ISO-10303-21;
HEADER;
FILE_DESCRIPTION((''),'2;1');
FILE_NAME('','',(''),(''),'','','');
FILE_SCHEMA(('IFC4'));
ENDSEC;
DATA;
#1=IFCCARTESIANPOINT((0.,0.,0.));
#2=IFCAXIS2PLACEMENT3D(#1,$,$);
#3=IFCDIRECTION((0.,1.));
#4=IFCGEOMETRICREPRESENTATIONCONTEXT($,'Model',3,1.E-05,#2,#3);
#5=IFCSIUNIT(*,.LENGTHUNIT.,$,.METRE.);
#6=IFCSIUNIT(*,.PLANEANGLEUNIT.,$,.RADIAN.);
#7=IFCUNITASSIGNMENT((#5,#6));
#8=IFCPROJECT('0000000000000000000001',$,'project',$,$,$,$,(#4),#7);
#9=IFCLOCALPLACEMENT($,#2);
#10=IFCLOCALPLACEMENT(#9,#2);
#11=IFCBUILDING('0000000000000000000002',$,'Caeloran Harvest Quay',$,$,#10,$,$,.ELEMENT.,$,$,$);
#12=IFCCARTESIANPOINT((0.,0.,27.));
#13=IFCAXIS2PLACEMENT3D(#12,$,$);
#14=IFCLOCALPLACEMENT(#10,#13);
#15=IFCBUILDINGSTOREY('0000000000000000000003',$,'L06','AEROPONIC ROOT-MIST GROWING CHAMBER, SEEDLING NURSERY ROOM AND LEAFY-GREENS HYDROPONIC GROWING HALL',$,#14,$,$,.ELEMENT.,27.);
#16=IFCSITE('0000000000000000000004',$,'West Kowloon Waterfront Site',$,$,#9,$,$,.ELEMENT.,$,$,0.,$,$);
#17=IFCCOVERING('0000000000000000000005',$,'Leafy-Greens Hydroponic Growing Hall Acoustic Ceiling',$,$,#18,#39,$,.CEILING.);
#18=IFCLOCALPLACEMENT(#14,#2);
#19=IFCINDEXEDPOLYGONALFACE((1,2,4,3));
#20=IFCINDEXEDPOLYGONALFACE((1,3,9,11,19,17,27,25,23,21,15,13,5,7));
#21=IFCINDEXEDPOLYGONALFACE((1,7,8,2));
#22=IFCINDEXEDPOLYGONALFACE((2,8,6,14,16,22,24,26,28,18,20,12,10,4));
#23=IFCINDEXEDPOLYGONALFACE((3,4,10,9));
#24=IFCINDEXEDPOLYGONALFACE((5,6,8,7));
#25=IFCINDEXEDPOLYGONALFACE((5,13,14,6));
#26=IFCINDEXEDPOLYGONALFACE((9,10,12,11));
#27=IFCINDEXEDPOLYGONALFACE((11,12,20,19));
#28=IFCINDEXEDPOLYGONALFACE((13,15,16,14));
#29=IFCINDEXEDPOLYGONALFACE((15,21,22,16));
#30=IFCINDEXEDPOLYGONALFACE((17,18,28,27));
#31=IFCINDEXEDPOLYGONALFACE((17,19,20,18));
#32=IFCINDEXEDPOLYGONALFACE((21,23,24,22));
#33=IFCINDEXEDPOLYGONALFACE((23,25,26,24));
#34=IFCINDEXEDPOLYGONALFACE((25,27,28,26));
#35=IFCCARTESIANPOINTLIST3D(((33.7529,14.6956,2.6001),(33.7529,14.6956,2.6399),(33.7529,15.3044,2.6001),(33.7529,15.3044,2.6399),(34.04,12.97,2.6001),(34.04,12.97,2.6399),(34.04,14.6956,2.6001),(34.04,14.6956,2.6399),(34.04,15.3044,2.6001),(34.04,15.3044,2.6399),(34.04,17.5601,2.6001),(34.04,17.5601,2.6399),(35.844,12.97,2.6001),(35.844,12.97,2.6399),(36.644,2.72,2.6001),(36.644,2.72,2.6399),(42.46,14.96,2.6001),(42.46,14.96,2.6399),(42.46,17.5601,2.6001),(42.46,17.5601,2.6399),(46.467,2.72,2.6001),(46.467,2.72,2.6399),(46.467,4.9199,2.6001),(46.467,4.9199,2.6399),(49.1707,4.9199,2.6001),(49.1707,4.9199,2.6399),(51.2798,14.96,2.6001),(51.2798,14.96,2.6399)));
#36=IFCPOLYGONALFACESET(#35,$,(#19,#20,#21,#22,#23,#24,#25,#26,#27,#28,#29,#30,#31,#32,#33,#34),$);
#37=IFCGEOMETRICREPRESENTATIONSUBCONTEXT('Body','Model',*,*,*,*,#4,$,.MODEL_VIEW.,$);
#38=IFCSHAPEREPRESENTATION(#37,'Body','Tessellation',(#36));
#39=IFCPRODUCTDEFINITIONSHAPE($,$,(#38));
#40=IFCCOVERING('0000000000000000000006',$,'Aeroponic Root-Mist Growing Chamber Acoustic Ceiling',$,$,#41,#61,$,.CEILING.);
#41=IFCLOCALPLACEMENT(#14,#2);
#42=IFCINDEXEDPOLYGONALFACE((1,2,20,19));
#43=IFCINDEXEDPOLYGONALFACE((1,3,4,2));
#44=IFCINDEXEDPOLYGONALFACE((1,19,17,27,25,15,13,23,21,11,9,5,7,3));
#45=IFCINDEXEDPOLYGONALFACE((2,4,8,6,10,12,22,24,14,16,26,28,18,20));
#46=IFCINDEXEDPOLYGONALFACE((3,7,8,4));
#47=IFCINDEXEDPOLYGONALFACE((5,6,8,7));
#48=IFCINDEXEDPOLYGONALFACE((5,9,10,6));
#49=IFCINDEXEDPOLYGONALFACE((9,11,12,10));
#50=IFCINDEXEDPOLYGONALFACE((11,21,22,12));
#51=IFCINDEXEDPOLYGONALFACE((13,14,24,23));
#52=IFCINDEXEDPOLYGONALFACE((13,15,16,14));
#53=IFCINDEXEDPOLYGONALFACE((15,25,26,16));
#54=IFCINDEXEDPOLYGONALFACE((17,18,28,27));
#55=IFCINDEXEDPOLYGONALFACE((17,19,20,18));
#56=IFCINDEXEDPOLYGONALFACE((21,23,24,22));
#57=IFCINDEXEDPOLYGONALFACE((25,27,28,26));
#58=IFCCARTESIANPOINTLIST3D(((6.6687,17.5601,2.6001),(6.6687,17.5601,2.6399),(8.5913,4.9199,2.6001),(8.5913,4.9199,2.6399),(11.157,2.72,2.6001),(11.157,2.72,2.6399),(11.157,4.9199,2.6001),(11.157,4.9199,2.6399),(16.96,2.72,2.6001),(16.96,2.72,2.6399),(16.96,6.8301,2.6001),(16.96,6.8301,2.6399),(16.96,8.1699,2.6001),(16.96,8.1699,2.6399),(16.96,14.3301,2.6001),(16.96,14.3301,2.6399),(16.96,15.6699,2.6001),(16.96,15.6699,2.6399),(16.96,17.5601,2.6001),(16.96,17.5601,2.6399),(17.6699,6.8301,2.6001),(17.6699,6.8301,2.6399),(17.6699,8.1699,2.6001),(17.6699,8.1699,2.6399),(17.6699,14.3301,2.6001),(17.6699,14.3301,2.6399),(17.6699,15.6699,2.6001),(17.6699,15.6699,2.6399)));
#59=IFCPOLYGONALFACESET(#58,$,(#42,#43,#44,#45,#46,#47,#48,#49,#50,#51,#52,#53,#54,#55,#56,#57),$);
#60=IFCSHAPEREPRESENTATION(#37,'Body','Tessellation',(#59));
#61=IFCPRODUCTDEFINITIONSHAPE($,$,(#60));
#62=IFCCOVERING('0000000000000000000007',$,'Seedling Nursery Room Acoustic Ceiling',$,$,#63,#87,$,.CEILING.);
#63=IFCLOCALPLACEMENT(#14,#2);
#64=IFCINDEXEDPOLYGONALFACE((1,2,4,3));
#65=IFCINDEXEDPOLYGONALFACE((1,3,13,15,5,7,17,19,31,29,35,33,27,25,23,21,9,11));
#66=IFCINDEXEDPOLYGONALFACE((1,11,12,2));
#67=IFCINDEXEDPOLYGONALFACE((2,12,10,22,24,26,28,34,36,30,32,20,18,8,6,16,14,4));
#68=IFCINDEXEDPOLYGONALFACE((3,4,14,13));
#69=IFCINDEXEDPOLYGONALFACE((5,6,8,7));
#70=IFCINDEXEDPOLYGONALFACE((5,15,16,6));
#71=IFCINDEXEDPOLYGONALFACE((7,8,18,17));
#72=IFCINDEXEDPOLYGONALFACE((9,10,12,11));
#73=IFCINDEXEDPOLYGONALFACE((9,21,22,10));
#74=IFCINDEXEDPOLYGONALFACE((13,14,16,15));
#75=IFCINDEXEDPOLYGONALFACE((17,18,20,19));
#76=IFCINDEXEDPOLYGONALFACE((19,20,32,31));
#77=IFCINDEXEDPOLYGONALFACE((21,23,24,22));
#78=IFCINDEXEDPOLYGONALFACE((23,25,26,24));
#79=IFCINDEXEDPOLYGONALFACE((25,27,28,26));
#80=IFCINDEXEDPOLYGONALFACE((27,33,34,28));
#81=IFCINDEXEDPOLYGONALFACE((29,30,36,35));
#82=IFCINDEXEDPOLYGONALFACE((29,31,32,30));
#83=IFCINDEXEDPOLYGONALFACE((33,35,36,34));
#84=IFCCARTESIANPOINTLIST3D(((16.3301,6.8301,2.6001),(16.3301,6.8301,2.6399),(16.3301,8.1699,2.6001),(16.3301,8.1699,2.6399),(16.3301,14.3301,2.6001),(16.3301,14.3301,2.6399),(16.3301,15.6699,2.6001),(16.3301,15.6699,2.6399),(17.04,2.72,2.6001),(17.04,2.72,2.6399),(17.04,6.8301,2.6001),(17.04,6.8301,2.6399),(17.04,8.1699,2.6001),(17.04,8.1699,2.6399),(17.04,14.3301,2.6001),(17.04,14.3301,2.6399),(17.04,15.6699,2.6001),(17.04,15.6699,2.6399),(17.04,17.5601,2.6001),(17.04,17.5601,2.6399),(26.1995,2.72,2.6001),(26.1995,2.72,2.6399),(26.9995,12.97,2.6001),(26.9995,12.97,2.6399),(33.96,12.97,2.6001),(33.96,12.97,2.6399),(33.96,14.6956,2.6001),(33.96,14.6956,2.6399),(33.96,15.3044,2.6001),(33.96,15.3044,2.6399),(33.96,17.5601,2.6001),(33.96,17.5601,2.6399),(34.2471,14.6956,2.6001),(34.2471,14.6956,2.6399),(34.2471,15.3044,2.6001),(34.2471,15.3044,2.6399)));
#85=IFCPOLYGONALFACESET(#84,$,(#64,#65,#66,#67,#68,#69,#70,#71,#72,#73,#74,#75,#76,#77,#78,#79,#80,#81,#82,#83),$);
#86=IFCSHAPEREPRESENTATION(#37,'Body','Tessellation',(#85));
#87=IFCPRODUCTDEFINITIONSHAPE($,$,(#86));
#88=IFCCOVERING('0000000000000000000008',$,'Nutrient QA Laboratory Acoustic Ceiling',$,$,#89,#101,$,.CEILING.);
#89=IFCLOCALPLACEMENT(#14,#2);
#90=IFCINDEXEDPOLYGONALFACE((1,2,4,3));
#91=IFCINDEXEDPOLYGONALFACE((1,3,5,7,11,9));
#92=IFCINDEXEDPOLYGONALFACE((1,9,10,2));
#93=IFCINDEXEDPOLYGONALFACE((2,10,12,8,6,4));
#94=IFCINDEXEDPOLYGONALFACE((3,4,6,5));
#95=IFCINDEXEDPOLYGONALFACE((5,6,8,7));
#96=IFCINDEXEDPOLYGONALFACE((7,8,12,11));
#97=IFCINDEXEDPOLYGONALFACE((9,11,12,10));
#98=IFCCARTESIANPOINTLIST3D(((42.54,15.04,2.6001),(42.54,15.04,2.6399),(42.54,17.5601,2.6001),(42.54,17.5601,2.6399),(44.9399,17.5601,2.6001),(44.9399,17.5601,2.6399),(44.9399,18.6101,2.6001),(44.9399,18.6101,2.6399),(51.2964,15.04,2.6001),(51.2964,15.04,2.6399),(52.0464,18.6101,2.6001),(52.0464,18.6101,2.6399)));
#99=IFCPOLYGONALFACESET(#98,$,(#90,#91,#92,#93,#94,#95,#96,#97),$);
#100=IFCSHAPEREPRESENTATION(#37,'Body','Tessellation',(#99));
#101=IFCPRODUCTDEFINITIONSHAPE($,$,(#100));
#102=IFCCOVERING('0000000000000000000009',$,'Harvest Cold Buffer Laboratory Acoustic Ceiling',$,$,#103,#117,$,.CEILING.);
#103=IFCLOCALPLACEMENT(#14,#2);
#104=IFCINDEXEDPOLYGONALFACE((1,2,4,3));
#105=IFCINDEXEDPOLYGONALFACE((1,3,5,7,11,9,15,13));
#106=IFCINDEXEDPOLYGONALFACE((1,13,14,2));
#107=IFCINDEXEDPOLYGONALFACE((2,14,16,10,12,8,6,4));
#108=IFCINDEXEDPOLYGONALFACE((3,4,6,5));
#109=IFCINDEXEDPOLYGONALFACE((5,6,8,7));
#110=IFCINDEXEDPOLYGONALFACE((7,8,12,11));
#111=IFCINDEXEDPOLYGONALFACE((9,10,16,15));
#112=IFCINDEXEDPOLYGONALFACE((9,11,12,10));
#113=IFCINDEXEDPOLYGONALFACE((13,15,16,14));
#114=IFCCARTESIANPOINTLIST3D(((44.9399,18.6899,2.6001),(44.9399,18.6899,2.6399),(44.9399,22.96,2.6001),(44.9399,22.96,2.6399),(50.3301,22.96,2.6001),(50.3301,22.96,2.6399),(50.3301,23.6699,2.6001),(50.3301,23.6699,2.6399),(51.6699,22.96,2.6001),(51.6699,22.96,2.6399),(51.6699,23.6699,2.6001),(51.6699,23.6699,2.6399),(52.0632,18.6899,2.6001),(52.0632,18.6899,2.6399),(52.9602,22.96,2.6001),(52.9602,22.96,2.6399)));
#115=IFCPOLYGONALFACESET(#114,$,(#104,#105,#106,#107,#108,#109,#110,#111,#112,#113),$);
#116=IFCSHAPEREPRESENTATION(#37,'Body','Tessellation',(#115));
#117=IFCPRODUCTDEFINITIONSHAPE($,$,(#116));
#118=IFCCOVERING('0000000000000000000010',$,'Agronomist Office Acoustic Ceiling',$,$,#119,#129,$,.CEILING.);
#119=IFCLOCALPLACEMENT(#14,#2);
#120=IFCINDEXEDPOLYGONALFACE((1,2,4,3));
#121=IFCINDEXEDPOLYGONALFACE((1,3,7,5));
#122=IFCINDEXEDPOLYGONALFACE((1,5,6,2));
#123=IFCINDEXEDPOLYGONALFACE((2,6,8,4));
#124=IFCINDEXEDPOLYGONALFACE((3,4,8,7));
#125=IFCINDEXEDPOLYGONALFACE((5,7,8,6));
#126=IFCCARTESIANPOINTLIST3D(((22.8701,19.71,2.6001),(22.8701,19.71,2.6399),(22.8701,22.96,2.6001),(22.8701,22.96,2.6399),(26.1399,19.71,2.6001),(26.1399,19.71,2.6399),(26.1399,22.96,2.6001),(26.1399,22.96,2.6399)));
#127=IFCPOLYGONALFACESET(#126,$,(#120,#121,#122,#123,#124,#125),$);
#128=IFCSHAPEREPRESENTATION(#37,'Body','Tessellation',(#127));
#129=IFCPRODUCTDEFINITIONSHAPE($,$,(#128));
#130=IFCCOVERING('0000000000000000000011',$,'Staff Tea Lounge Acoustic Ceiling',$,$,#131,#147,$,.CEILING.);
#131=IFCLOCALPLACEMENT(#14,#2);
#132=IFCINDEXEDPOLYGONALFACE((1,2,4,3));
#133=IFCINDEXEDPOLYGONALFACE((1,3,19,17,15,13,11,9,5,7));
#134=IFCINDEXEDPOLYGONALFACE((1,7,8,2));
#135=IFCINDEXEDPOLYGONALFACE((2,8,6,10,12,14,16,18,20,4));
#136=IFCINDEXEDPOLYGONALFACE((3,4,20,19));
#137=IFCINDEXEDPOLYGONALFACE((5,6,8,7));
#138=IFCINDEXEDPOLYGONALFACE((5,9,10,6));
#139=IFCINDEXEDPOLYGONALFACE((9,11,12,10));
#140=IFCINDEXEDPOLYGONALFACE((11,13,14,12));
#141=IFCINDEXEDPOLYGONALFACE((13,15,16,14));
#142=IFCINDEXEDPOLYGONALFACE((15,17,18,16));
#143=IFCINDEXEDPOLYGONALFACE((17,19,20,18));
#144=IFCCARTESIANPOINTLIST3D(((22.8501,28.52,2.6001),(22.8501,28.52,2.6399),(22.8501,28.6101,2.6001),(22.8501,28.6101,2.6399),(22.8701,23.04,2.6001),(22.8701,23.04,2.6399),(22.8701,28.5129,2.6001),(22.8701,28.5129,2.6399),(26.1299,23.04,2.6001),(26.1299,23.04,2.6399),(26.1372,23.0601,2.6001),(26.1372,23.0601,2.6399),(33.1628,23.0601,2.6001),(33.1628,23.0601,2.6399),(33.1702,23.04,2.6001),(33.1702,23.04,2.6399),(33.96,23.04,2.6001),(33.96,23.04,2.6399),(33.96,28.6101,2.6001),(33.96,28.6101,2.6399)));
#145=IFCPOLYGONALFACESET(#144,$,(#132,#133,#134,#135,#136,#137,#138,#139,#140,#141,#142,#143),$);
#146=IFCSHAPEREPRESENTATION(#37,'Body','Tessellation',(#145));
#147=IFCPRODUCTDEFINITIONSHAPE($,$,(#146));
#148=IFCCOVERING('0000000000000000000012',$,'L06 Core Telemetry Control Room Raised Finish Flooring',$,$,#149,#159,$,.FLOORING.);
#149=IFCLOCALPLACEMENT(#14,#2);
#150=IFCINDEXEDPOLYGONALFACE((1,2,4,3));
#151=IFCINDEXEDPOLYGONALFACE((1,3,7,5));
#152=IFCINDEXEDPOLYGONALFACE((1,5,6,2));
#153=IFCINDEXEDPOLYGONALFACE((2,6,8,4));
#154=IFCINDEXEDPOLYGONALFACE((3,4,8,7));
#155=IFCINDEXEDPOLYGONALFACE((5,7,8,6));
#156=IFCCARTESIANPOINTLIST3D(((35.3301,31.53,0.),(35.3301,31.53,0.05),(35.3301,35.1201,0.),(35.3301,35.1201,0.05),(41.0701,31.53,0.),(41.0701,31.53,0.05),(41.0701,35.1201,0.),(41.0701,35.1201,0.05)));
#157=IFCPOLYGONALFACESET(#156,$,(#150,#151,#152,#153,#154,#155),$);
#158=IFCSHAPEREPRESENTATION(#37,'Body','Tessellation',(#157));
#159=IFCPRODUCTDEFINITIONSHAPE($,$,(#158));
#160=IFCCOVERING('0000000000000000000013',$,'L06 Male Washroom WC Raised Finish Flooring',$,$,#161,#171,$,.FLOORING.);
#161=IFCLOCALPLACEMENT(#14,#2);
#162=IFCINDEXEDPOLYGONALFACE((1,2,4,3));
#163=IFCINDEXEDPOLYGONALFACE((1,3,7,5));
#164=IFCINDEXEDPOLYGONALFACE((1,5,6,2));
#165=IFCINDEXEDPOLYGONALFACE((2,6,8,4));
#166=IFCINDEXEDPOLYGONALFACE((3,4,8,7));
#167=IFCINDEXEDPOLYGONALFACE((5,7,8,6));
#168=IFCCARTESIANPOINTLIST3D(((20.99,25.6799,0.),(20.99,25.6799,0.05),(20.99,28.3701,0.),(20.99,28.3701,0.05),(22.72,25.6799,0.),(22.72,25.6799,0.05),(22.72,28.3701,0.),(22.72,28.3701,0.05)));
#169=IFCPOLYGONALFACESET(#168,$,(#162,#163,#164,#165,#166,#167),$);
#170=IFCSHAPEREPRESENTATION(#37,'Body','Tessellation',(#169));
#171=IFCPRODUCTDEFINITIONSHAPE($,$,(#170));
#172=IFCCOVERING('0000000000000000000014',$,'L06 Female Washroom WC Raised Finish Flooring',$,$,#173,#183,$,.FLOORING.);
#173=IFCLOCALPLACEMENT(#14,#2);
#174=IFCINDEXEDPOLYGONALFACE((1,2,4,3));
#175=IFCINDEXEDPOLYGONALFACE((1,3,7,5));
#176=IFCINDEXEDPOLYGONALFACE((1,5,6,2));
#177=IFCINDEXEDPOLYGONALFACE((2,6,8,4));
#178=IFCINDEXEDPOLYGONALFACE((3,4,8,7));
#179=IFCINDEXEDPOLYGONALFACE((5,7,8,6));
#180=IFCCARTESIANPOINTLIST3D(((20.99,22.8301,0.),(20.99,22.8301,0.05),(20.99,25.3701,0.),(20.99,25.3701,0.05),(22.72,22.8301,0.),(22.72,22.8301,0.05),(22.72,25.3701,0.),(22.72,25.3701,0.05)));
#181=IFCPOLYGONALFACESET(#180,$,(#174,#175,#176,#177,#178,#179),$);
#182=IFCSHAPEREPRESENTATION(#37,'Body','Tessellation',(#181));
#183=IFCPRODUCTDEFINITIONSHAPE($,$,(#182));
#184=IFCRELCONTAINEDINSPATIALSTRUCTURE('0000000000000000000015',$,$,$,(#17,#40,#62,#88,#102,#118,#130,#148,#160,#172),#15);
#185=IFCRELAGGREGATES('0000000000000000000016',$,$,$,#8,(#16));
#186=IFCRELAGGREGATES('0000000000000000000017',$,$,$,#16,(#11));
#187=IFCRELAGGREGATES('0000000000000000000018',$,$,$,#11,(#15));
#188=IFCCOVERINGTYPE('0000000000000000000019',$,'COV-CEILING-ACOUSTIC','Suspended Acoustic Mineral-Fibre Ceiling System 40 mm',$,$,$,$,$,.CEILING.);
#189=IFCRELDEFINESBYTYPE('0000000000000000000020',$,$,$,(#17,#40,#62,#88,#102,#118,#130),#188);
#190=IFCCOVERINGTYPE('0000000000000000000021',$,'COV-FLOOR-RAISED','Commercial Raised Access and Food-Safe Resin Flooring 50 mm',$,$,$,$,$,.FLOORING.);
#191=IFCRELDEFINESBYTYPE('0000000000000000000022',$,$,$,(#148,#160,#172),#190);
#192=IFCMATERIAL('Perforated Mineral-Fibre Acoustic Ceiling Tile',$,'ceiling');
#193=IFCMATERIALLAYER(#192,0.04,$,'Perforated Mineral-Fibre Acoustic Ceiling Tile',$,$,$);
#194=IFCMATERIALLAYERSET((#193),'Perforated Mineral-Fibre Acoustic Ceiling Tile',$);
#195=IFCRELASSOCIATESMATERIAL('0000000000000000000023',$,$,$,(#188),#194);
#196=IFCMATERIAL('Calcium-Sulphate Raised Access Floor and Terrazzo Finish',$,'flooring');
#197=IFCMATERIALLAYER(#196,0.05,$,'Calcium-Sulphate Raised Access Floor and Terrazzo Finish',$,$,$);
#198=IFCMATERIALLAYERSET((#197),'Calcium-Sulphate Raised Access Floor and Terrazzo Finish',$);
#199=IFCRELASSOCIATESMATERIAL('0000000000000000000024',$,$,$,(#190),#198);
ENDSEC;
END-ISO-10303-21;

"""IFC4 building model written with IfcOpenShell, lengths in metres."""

from ifc_helpers import new_model, si_unit, direction, frame, origin, place, context, subcontext, project, spatial, polyline, outline, extrude, material, layer, layer_set, type_object, element, save


model = new_model("IFC4")

# Units and contexts
model_context = context("Model", 3, precision=1e-05, world=origin(), true_north=direction((0.0, 1.0)))
body_context = subcontext(model_context, "Body", "Model", "MODEL_VIEW")
ifc_project = project(units=[si_unit("LENGTHUNIT", "METRE"), si_unit("PLANEANGLEUNIT", "RADIAN")], contexts=[model_context])

# Site, building, storey
site_placement = place(None, origin())
site = spatial("IfcSite", under=ifc_project, at=site_placement, Name="West Kowloon Waterfront Site", CompositionType="ELEMENT", RefElevation=0.0)
building_placement = place(site_placement, origin())
building = spatial("IfcBuilding", under=site, at=building_placement, Name="Caeloran Harvest Quay", CompositionType="ELEMENT")
storey_placement = place(building_placement, frame((0.0, 0.0, 27.0)))
storey = spatial("IfcBuildingStorey", under=building, at=storey_placement, Name="L06", Description="AEROPONIC ROOT-MIST GROWING CHAMBER, SEEDLING NURSERY ROOM AND LEAFY-GREENS HYDROPONIC GROWING HALL", CompositionType="ELEMENT", Elevation=27.0)

# Coverings
ifc_material_1 = material(Name="Perforated Mineral-Fibre Acoustic Ceiling Tile", Category="ceiling")
ifc_layer_1 = layer(ifc_material_1, 0.04, Name="Perforated Mineral-Fibre Acoustic Ceiling Tile")
ifc_layer_set_1 = layer_set([ifc_layer_1], Name="Perforated Mineral-Fibre Acoustic Ceiling Tile")
covering_type_1 = type_object("IfcCoveringType", Name="COV-CEILING-ACOUSTIC", Description="Suspended Acoustic Mineral-Fibre Ceiling System 40 mm", PredefinedType="CEILING", material=ifc_layer_set_1)
covering_1_placement = place(storey_placement, frame((0.0, 0.0, 2.6001)))
element("IfcCovering", 1, at=covering_1_placement, inside=storey, type_object=covering_type_1, Name="Leafy-Greens Hydroponic Growing Hall Acoustic Ceiling", PredefinedType="CEILING", context=body_context, shape_type="SweptSolid", body=[
    extrude(outline(polyline([(34.04, 14.6956), (33.7529, 14.6956), (33.7529, 15.3044), (34.04, 15.3044), (34.04, 17.5601), (42.46, 17.5601), (42.46, 14.96), (51.2798, 14.96), (49.1707, 4.9199), (46.467, 4.9199), (46.467, 2.72), (36.644, 2.72), (35.844, 12.97), (34.04, 12.97), (34.04, 14.6956)])), origin(), (0.0, 0.0, 1.0), 0.0398),
])
covering_2_placement = place(storey_placement, frame((0.0, 0.0, 2.6001)))
element("IfcCovering", 2, at=covering_2_placement, inside=storey, type_object=covering_type_1, Name="Aeroponic Root-Mist Growing Chamber Acoustic Ceiling", PredefinedType="CEILING", context=body_context, shape_type="SweptSolid", body=[
    extrude(outline(polyline([(17.6699, 6.8301), (16.96, 6.8301), (16.96, 2.72), (11.157, 2.72), (11.157, 4.9199), (8.5913, 4.9199), (6.6687, 17.5601), (16.96, 17.5601), (16.96, 15.6699), (17.6699, 15.6699), (17.6699, 14.3301), (16.96, 14.3301), (16.96, 8.1699), (17.6699, 8.1699), (17.6699, 6.8301)])), origin(), (0.0, 0.0, 1.0), 0.0398),
])
covering_3_placement = place(storey_placement, frame((0.0, 0.0, 2.6001)))
element("IfcCovering", 3, at=covering_3_placement, inside=storey, type_object=covering_type_1, Name="Seedling Nursery Room Acoustic Ceiling", PredefinedType="CEILING", context=body_context, shape_type="SweptSolid", body=[
    extrude(outline(polyline([(16.3301, 8.1699), (17.04, 8.1699), (17.04, 14.3301), (16.3301, 14.3301), (16.3301, 15.6699), (17.04, 15.6699), (17.04, 17.5601), (33.96, 17.5601), (33.96, 15.3044), (34.2471, 15.3044), (34.2471, 14.6956), (33.96, 14.6956), (33.96, 12.97), (26.9995, 12.97), (26.1995, 2.72), (17.04, 2.72), (17.04, 6.8301), (16.3301, 6.8301), (16.3301, 8.1699)])), origin(), (0.0, 0.0, 1.0), 0.0398),
])
covering_4_placement = place(storey_placement, frame((0.0, 0.0, 2.6001)))
element("IfcCovering", 4, at=covering_4_placement, inside=storey, type_object=covering_type_1, Name="Nutrient QA Laboratory Acoustic Ceiling", PredefinedType="CEILING", context=body_context, shape_type="SweptSolid", body=[
    extrude(outline(polyline([(44.9399, 17.5601), (44.9399, 18.6101), (52.0464, 18.6101), (51.2964, 15.04), (42.54, 15.04), (42.54, 17.5601), (44.9399, 17.5601)])), origin(), (0.0, 0.0, 1.0), 0.0398),
])
covering_5_placement = place(storey_placement, frame((0.0, 0.0, 2.6001)))
element("IfcCovering", 5, at=covering_5_placement, inside=storey, type_object=covering_type_1, Name="Harvest Cold Buffer Laboratory Acoustic Ceiling", PredefinedType="CEILING", context=body_context, shape_type="SweptSolid", body=[
    extrude(outline(polyline([(44.9399, 22.96), (50.3301, 22.96), (50.3301, 23.6699), (51.6699, 23.6699), (51.6699, 22.96), (52.9602, 22.96), (52.0632, 18.6899), (44.9399, 18.6899), (44.9399, 22.96)])), origin(), (0.0, 0.0, 1.0), 0.0398),
])
covering_6_placement = place(storey_placement, frame((0.0, 0.0, 2.6001)))
element("IfcCovering", 6, at=covering_6_placement, inside=storey, type_object=covering_type_1, Name="Agronomist Office Acoustic Ceiling", PredefinedType="CEILING", context=body_context, shape_type="SweptSolid", body=[
    extrude(outline(polyline([(26.1399, 22.96), (26.1399, 19.71), (22.8701, 19.71), (22.8701, 22.96), (26.1399, 22.96)])), origin(), (0.0, 0.0, 1.0), 0.0398),
])
covering_7_placement = place(storey_placement, frame((0.0, 0.0, 2.6001)))
element("IfcCovering", 7, at=covering_7_placement, inside=storey, type_object=covering_type_1, Name="Staff Tea Lounge Acoustic Ceiling", PredefinedType="CEILING", context=body_context, shape_type="SweptSolid", body=[
    extrude(outline(polyline([(22.8701, 28.5129), (22.8501, 28.52), (22.8501, 28.6101), (33.96, 28.6101), (33.96, 23.04), (33.1702, 23.04), (33.1628, 23.0601), (26.1372, 23.0601), (26.1299, 23.04), (22.8701, 23.04), (22.8701, 28.5129)])), origin(), (0.0, 0.0, 1.0), 0.0398),
])
ifc_material_2 = material(Name="Calcium-Sulphate Raised Access Floor and Terrazzo Finish", Category="flooring")
ifc_layer_2 = layer(ifc_material_2, 0.05, Name="Calcium-Sulphate Raised Access Floor and Terrazzo Finish")
ifc_layer_set_2 = layer_set([ifc_layer_2], Name="Calcium-Sulphate Raised Access Floor and Terrazzo Finish")
covering_type_2 = type_object("IfcCoveringType", Name="COV-FLOOR-RAISED", Description="Commercial Raised Access and Food-Safe Resin Flooring 50 mm", PredefinedType="FLOORING", material=ifc_layer_set_2)
covering_8_placement = place(storey_placement, origin())
element("IfcCovering", 8, at=covering_8_placement, inside=storey, type_object=covering_type_2, Name="L06 Core Telemetry Control Room Raised Finish Flooring", PredefinedType="FLOORING", context=body_context, shape_type="SweptSolid", body=[
    extrude(outline(polyline([(41.0701, 35.1201), (41.0701, 31.53), (35.3301, 31.53), (35.3301, 35.1201), (41.0701, 35.1201)])), origin(), (0.0, 0.0, 1.0), 0.05),
])
covering_9_placement = place(storey_placement, origin())
element("IfcCovering", 9, at=covering_9_placement, inside=storey, type_object=covering_type_2, Name="L06 Male Washroom WC Raised Finish Flooring", PredefinedType="FLOORING", context=body_context, shape_type="SweptSolid", body=[
    extrude(outline(polyline([(22.72, 25.6799), (20.99, 25.6799), (20.99, 28.3701), (22.72, 28.3701), (22.72, 25.6799)])), origin(), (0.0, 0.0, 1.0), 0.05),
])
covering_10_placement = place(storey_placement, origin())
element("IfcCovering", 10, at=covering_10_placement, inside=storey, type_object=covering_type_2, Name="L06 Female Washroom WC Raised Finish Flooring", PredefinedType="FLOORING", context=body_context, shape_type="SweptSolid", body=[
    extrude(outline(polyline([(22.72, 22.8301), (20.99, 22.8301), (20.99, 25.3701), (22.72, 25.3701), (22.72, 22.8301)])), origin(), (0.0, 0.0, 1.0), 0.05),
])

save(model, "model.ifc")
